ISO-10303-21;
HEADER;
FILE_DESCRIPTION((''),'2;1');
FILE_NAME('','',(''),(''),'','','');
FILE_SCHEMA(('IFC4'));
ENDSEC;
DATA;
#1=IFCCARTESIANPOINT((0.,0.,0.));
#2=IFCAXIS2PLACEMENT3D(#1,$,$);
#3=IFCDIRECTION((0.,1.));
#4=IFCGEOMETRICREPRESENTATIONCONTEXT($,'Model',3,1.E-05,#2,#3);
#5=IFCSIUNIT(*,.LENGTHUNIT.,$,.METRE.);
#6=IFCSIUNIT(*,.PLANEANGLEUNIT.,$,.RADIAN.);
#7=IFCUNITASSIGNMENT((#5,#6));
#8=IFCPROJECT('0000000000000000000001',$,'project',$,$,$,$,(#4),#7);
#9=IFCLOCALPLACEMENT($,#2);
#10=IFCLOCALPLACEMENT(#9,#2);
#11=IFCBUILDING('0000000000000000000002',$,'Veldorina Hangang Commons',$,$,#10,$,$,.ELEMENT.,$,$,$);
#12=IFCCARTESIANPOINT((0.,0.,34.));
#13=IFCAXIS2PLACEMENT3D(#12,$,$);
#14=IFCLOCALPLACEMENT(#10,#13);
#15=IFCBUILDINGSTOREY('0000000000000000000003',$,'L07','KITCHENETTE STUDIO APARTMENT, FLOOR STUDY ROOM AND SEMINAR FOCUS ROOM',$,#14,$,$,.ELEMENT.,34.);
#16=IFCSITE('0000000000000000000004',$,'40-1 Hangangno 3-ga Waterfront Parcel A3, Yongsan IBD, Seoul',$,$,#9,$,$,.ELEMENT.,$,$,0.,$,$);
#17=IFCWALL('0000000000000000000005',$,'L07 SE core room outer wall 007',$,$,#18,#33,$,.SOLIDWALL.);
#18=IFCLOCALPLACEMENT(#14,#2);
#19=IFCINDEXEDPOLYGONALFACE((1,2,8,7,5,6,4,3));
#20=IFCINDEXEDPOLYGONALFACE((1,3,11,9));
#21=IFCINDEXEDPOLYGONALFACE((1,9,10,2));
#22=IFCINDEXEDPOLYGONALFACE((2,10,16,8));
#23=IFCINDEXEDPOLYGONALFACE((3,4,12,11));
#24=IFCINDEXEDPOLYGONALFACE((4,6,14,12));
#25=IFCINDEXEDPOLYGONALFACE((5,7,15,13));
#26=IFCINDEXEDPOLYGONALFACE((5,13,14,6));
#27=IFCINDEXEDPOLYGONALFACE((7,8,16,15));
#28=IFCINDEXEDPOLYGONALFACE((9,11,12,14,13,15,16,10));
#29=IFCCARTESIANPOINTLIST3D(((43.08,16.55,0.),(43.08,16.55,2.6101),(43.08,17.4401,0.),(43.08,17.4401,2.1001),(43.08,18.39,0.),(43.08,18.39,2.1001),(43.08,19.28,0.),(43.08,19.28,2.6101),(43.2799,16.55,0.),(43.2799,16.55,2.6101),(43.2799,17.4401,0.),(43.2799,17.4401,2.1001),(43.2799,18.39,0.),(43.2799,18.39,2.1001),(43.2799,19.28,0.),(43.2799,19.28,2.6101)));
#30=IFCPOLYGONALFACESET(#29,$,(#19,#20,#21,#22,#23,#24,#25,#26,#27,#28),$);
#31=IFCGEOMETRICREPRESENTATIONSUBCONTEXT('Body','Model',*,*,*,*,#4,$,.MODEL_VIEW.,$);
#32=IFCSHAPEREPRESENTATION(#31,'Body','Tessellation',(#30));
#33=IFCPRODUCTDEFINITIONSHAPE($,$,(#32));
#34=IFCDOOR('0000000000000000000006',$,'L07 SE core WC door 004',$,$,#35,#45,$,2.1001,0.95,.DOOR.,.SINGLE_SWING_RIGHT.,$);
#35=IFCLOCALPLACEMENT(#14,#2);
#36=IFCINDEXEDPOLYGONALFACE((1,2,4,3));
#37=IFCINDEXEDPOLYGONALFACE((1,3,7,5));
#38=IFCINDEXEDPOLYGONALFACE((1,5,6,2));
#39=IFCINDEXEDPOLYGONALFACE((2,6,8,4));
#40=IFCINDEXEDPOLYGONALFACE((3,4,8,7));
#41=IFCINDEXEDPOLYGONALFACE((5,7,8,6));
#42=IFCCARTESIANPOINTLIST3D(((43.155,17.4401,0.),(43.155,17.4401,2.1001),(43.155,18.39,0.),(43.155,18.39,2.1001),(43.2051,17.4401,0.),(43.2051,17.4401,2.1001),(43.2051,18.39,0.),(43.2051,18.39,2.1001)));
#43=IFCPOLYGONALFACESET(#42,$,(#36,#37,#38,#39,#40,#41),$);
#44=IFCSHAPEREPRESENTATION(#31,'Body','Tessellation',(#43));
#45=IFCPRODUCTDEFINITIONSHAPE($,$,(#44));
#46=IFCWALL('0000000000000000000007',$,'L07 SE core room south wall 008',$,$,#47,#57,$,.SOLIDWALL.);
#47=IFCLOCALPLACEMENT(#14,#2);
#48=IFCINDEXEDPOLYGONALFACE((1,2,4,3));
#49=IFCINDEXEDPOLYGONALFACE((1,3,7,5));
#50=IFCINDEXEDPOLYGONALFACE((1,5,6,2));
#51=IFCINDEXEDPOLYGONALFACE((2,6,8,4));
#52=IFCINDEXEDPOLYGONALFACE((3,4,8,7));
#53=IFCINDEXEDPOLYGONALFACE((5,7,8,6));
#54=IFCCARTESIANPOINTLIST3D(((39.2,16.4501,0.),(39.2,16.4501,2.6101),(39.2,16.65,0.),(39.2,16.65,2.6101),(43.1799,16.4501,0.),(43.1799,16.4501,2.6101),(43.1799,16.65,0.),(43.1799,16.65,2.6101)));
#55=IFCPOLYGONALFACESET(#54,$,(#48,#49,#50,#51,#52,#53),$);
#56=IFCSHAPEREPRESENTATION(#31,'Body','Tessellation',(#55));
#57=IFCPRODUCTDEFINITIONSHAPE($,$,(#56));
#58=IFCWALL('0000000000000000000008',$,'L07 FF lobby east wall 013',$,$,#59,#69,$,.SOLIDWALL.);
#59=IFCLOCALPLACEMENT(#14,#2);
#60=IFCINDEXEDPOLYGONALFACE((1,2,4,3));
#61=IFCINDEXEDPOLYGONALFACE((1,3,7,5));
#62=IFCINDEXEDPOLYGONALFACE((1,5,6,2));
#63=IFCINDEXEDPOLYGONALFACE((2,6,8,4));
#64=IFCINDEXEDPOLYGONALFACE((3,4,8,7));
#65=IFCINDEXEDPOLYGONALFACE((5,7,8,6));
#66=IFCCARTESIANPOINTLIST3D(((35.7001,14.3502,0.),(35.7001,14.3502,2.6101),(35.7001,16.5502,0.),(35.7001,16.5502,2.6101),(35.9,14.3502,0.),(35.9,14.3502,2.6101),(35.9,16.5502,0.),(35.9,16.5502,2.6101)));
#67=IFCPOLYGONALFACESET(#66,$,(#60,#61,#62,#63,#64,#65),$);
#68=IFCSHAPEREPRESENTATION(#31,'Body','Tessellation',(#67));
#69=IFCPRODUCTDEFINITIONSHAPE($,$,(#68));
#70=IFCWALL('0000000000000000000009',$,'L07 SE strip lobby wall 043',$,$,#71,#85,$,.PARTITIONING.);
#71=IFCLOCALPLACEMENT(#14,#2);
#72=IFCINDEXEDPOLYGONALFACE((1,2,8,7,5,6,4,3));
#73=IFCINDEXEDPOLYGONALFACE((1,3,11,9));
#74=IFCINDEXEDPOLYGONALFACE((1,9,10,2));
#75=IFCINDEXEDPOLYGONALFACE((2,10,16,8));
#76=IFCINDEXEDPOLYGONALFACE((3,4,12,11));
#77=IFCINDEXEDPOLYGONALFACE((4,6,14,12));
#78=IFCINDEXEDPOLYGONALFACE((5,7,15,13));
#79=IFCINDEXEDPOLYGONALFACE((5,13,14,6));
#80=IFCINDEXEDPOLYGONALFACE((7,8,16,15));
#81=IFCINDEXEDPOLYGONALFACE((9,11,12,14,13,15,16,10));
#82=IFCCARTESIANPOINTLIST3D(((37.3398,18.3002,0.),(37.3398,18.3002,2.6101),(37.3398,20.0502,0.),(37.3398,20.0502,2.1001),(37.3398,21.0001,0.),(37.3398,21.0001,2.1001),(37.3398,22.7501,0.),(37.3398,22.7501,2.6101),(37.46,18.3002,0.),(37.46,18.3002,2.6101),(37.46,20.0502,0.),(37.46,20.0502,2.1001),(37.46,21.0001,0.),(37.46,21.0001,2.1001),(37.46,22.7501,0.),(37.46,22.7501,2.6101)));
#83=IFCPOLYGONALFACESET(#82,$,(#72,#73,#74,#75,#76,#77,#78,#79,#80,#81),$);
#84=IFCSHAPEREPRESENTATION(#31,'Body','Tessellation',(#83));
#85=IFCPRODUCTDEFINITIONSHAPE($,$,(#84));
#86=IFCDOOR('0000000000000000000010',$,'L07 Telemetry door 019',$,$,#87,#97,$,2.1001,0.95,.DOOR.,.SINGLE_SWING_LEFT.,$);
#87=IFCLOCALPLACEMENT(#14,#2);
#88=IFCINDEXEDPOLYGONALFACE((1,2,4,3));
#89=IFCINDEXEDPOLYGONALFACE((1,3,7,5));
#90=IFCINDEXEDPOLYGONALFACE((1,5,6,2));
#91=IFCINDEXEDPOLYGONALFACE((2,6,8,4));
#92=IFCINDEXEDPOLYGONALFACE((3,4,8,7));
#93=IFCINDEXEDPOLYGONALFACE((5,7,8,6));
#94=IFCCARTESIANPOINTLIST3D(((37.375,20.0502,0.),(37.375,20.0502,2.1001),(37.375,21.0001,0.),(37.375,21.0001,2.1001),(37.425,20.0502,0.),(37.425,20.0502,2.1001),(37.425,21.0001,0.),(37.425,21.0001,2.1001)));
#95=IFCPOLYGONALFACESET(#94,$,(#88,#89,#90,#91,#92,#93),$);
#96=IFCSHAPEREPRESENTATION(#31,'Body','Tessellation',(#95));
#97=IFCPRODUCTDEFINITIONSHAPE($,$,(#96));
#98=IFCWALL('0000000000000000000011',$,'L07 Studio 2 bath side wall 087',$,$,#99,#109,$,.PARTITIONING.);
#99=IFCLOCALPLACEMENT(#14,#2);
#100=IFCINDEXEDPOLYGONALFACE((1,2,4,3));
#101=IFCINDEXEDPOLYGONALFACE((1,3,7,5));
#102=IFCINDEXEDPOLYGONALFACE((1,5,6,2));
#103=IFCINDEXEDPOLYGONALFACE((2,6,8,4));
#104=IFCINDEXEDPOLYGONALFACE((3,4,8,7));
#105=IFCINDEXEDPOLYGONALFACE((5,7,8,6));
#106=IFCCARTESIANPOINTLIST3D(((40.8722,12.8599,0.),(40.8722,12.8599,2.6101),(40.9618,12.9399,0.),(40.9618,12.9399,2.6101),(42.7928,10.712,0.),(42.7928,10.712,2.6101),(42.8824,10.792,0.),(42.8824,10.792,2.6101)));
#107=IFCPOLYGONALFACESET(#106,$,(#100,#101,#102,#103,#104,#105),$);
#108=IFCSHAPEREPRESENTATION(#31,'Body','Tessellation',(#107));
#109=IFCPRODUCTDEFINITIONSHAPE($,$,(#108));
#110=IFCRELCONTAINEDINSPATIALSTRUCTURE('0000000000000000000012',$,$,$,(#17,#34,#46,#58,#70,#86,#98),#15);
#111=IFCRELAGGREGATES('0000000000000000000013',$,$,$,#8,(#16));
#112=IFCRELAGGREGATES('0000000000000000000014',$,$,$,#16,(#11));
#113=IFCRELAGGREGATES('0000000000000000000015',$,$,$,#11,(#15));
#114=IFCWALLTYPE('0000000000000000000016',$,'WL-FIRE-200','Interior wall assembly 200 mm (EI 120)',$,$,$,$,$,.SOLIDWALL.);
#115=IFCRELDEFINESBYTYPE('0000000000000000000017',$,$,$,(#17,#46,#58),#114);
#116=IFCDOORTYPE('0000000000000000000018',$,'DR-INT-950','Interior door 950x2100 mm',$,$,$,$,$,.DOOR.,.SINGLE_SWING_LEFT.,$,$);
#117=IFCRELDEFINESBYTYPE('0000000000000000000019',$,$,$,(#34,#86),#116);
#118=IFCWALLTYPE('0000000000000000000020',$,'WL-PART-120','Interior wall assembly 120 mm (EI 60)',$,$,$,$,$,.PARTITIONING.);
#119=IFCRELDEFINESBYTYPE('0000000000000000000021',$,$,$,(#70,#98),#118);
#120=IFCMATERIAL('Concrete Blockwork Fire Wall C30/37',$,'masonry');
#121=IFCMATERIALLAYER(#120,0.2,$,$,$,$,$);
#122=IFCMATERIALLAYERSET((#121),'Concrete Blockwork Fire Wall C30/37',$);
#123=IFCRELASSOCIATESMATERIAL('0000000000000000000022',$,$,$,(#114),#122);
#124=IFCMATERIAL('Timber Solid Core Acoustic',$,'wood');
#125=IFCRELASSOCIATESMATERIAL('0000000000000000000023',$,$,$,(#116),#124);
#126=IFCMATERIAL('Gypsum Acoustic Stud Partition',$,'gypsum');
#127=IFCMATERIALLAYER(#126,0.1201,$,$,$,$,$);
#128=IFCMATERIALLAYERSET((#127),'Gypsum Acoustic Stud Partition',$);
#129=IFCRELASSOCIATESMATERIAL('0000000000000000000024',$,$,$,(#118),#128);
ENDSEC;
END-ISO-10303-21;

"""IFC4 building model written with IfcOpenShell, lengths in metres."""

from ifc_helpers import new_model, si_unit, direction, frame, frame_2d, origin, place, context, subcontext, project, spatial, rectangle, extrude, material, layer, layer_set, type_object, element, fill, save


model = new_model("IFC4")

# Units and contexts
model_context = context("Model", 3, precision=1e-05, world=origin(), true_north=direction((0.0, 1.0)))
body_context = subcontext(model_context, "Body", "Model", "MODEL_VIEW")
ifc_project = project(units=[si_unit("LENGTHUNIT", "METRE"), si_unit("PLANEANGLEUNIT", "RADIAN")], contexts=[model_context])

# Site, building, storey
site_placement = place(None, origin())
site = spatial("IfcSite", under=ifc_project, at=site_placement, Name="40-1 Hangangno 3-ga Waterfront Parcel A3, Yongsan IBD, Seoul", CompositionType="ELEMENT", RefElevation=0.0)
building_placement = place(site_placement, origin())
building = spatial("IfcBuilding", under=site, at=building_placement, Name="Veldorina Hangang Commons", CompositionType="ELEMENT")
storey_placement = place(building_placement, frame((0.0, 0.0, 34.0)))
storey = spatial("IfcBuildingStorey", under=building, at=storey_placement, Name="L07", Description="KITCHENETTE STUDIO APARTMENT, FLOOR STUDY ROOM AND SEMINAR FOCUS ROOM", CompositionType="ELEMENT", Elevation=34.0)

# Wall, opening, door
ifc_material_1 = material(Name="Concrete Blockwork Fire Wall C30/37", Category="masonry")
ifc_layer_1 = layer(ifc_material_1, 0.2)
ifc_layer_set_1 = layer_set([ifc_layer_1], Name="Concrete Blockwork Fire Wall C30/37")
wall_type_1 = type_object("IfcWallType", Name="WL-FIRE-200", Description="Interior wall assembly 200 mm (EI 120)", PredefinedType="SOLIDWALL", material=ifc_layer_set_1)
wall_1_placement = place(storey_placement, frame((43.1799, 16.55, 0.0), z_axis=(0.0, 0.0, 1.0), x_axis=(0.0, 1.0, 0.0)))
wall_1 = element("IfcWall", 1, at=wall_1_placement, inside=storey, type_object=wall_type_1, Name="L07 SE core room outer wall 007", PredefinedType="SOLIDWALL", context=body_context, shape_type="SweptSolid", body=[
    extrude(rectangle(XDim=2.73, YDim=0.2, at=frame_2d((1.365, 0.0))), origin(), (0.0, 0.0, 1.0), 2.6101),
])
opening_1_placement = place(wall_1_placement, frame((0.8899, 0.0, 0.0)))
opening_1 = element("IfcOpeningElement", 2, at=opening_1_placement, cuts=wall_1, PredefinedType="OPENING", context=body_context, shape_type="SweptSolid", body=[
    extrude(rectangle(XDim=0.95, YDim=2.1001, at=frame_2d((0.4751, 1.05))), frame((0.0, 0.1099, 0.0), z_axis=(0.0, -1.0, 0.0), x_axis=(1.0, 0.0, 0.0)), (0.0, 0.0, 1.0), 0.22),
])
ifc_material_2 = material(Name="Timber Solid Core Acoustic", Category="wood")
door_type_1 = type_object("IfcDoorType", Name="DR-INT-950", Description="Interior door 950x2100 mm", OperationType="SINGLE_SWING_LEFT", PredefinedType="DOOR", material=ifc_material_2)
door_1_placement = place(opening_1_placement, origin())
door_1 = element("IfcDoor", 3, at=door_1_placement, inside=storey, type_object=door_type_1, Name="L07 SE core WC door 004", OperationType="SINGLE_SWING_RIGHT", OverallHeight=2.1001, OverallWidth=0.95, PredefinedType="DOOR", context=body_context, shape_type="SweptSolid", body=[
    extrude(rectangle(XDim=0.95, YDim=2.1001, at=frame_2d((0.4751, 1.05))), frame((0.0, 0.0249, 0.0), z_axis=(0.0, -1.0, 0.0), x_axis=(1.0, 0.0, 0.0)), (0.0, 0.0, 1.0), 0.05),
])
fill(opening_1, door_1)

# Walls
wall_2_placement = place(storey_placement, frame((39.2, 16.55, 0.0), z_axis=(0.0, 0.0, 1.0), x_axis=(1.0, 0.0, 0.0)))
element("IfcWall", 4, at=wall_2_placement, inside=storey, type_object=wall_type_1, Name="L07 SE core room south wall 008", PredefinedType="SOLIDWALL", context=body_context, shape_type="SweptSolid", body=[
    extrude(rectangle(XDim=3.98, YDim=0.2, at=frame_2d((1.99, 0.0))), origin(), (0.0, 0.0, 1.0), 2.6101),
])
wall_3_placement = place(storey_placement, frame((35.8, 14.3501, 0.0), z_axis=(0.0, 0.0, 1.0), x_axis=(0.0, 1.0, 0.0)))
element("IfcWall", 5, at=wall_3_placement, inside=storey, type_object=wall_type_1, Name="L07 FF lobby east wall 013", PredefinedType="SOLIDWALL", context=body_context, shape_type="SweptSolid", body=[
    extrude(rectangle(XDim=2.2, YDim=0.2, at=frame_2d((1.1001, 0.0))), origin(), (0.0, 0.0, 1.0), 2.6101),
])

# Wall, opening, door
ifc_material_3 = material(Name="Gypsum Acoustic Stud Partition", Category="gypsum")
ifc_layer_2 = layer(ifc_material_3, 0.1201)
ifc_layer_set_2 = layer_set([ifc_layer_2], Name="Gypsum Acoustic Stud Partition")
wall_type_2 = type_object("IfcWallType", Name="WL-PART-120", Description="Interior wall assembly 120 mm (EI 60)", PredefinedType="PARTITIONING", material=ifc_layer_set_2)
wall_4_placement = place(storey_placement, frame((37.3999, 18.3, 0.0), z_axis=(0.0, 0.0, 1.0), x_axis=(0.0, 1.0, 0.0)))
wall_4 = element("IfcWall", 6, at=wall_4_placement, inside=storey, type_object=wall_type_2, Name="L07 SE strip lobby wall 043", PredefinedType="PARTITIONING", context=body_context, shape_type="SweptSolid", body=[
    extrude(rectangle(XDim=4.45, YDim=0.1201, at=frame_2d((2.2251, 0.0))), origin(), (0.0, 0.0, 1.0), 2.6101),
])
opening_2_placement = place(wall_4_placement, frame((1.75, 0.0, 0.0)))
opening_2 = element("IfcOpeningElement", 7, at=opening_2_placement, cuts=wall_4, PredefinedType="OPENING", context=body_context, shape_type="SweptSolid", body=[
    extrude(rectangle(XDim=0.95, YDim=2.1001, at=frame_2d((0.4751, 1.05))), frame((0.0, 0.0701, 0.0), z_axis=(0.0, -1.0, 0.0), x_axis=(1.0, 0.0, 0.0)), (0.0, 0.0, 1.0), 0.1401),
])
door_2_placement = place(opening_2_placement, origin())
door_2 = element("IfcDoor", 8, at=door_2_placement, inside=storey, type_object=door_type_1, Name="L07 Telemetry door 019", OperationType="SINGLE_SWING_LEFT", OverallHeight=2.1001, OverallWidth=0.95, PredefinedType="DOOR", context=body_context, shape_type="SweptSolid", body=[
    extrude(rectangle(XDim=0.95, YDim=2.1001, at=frame_2d((0.4751, 1.05))), frame((0.0, 0.0249, 0.0), z_axis=(0.0, -1.0, 0.0), x_axis=(1.0, 0.0, 0.0)), (0.0, 0.0, 1.0), 0.05),
])
fill(opening_2, door_2)

# Wall
wall_5_placement = place(storey_placement, frame((40.917, 12.8999, 0.0), z_axis=(0.0, 0.0, 1.0), x_axis=(0.666564, -0.745447, 0.0)))
element("IfcWall", 9, at=wall_5_placement, inside=storey, type_object=wall_type_2, Name="L07 Studio 2 bath side wall 087", PredefinedType="PARTITIONING", context=body_context, shape_type="SweptSolid", body=[
    extrude(rectangle(XDim=2.8813, YDim=0.1201, at=frame_2d((1.4407, 0.0))), origin(), (0.0, 0.0, 1.0), 2.6101),
])

save(model, "model.ifc")
